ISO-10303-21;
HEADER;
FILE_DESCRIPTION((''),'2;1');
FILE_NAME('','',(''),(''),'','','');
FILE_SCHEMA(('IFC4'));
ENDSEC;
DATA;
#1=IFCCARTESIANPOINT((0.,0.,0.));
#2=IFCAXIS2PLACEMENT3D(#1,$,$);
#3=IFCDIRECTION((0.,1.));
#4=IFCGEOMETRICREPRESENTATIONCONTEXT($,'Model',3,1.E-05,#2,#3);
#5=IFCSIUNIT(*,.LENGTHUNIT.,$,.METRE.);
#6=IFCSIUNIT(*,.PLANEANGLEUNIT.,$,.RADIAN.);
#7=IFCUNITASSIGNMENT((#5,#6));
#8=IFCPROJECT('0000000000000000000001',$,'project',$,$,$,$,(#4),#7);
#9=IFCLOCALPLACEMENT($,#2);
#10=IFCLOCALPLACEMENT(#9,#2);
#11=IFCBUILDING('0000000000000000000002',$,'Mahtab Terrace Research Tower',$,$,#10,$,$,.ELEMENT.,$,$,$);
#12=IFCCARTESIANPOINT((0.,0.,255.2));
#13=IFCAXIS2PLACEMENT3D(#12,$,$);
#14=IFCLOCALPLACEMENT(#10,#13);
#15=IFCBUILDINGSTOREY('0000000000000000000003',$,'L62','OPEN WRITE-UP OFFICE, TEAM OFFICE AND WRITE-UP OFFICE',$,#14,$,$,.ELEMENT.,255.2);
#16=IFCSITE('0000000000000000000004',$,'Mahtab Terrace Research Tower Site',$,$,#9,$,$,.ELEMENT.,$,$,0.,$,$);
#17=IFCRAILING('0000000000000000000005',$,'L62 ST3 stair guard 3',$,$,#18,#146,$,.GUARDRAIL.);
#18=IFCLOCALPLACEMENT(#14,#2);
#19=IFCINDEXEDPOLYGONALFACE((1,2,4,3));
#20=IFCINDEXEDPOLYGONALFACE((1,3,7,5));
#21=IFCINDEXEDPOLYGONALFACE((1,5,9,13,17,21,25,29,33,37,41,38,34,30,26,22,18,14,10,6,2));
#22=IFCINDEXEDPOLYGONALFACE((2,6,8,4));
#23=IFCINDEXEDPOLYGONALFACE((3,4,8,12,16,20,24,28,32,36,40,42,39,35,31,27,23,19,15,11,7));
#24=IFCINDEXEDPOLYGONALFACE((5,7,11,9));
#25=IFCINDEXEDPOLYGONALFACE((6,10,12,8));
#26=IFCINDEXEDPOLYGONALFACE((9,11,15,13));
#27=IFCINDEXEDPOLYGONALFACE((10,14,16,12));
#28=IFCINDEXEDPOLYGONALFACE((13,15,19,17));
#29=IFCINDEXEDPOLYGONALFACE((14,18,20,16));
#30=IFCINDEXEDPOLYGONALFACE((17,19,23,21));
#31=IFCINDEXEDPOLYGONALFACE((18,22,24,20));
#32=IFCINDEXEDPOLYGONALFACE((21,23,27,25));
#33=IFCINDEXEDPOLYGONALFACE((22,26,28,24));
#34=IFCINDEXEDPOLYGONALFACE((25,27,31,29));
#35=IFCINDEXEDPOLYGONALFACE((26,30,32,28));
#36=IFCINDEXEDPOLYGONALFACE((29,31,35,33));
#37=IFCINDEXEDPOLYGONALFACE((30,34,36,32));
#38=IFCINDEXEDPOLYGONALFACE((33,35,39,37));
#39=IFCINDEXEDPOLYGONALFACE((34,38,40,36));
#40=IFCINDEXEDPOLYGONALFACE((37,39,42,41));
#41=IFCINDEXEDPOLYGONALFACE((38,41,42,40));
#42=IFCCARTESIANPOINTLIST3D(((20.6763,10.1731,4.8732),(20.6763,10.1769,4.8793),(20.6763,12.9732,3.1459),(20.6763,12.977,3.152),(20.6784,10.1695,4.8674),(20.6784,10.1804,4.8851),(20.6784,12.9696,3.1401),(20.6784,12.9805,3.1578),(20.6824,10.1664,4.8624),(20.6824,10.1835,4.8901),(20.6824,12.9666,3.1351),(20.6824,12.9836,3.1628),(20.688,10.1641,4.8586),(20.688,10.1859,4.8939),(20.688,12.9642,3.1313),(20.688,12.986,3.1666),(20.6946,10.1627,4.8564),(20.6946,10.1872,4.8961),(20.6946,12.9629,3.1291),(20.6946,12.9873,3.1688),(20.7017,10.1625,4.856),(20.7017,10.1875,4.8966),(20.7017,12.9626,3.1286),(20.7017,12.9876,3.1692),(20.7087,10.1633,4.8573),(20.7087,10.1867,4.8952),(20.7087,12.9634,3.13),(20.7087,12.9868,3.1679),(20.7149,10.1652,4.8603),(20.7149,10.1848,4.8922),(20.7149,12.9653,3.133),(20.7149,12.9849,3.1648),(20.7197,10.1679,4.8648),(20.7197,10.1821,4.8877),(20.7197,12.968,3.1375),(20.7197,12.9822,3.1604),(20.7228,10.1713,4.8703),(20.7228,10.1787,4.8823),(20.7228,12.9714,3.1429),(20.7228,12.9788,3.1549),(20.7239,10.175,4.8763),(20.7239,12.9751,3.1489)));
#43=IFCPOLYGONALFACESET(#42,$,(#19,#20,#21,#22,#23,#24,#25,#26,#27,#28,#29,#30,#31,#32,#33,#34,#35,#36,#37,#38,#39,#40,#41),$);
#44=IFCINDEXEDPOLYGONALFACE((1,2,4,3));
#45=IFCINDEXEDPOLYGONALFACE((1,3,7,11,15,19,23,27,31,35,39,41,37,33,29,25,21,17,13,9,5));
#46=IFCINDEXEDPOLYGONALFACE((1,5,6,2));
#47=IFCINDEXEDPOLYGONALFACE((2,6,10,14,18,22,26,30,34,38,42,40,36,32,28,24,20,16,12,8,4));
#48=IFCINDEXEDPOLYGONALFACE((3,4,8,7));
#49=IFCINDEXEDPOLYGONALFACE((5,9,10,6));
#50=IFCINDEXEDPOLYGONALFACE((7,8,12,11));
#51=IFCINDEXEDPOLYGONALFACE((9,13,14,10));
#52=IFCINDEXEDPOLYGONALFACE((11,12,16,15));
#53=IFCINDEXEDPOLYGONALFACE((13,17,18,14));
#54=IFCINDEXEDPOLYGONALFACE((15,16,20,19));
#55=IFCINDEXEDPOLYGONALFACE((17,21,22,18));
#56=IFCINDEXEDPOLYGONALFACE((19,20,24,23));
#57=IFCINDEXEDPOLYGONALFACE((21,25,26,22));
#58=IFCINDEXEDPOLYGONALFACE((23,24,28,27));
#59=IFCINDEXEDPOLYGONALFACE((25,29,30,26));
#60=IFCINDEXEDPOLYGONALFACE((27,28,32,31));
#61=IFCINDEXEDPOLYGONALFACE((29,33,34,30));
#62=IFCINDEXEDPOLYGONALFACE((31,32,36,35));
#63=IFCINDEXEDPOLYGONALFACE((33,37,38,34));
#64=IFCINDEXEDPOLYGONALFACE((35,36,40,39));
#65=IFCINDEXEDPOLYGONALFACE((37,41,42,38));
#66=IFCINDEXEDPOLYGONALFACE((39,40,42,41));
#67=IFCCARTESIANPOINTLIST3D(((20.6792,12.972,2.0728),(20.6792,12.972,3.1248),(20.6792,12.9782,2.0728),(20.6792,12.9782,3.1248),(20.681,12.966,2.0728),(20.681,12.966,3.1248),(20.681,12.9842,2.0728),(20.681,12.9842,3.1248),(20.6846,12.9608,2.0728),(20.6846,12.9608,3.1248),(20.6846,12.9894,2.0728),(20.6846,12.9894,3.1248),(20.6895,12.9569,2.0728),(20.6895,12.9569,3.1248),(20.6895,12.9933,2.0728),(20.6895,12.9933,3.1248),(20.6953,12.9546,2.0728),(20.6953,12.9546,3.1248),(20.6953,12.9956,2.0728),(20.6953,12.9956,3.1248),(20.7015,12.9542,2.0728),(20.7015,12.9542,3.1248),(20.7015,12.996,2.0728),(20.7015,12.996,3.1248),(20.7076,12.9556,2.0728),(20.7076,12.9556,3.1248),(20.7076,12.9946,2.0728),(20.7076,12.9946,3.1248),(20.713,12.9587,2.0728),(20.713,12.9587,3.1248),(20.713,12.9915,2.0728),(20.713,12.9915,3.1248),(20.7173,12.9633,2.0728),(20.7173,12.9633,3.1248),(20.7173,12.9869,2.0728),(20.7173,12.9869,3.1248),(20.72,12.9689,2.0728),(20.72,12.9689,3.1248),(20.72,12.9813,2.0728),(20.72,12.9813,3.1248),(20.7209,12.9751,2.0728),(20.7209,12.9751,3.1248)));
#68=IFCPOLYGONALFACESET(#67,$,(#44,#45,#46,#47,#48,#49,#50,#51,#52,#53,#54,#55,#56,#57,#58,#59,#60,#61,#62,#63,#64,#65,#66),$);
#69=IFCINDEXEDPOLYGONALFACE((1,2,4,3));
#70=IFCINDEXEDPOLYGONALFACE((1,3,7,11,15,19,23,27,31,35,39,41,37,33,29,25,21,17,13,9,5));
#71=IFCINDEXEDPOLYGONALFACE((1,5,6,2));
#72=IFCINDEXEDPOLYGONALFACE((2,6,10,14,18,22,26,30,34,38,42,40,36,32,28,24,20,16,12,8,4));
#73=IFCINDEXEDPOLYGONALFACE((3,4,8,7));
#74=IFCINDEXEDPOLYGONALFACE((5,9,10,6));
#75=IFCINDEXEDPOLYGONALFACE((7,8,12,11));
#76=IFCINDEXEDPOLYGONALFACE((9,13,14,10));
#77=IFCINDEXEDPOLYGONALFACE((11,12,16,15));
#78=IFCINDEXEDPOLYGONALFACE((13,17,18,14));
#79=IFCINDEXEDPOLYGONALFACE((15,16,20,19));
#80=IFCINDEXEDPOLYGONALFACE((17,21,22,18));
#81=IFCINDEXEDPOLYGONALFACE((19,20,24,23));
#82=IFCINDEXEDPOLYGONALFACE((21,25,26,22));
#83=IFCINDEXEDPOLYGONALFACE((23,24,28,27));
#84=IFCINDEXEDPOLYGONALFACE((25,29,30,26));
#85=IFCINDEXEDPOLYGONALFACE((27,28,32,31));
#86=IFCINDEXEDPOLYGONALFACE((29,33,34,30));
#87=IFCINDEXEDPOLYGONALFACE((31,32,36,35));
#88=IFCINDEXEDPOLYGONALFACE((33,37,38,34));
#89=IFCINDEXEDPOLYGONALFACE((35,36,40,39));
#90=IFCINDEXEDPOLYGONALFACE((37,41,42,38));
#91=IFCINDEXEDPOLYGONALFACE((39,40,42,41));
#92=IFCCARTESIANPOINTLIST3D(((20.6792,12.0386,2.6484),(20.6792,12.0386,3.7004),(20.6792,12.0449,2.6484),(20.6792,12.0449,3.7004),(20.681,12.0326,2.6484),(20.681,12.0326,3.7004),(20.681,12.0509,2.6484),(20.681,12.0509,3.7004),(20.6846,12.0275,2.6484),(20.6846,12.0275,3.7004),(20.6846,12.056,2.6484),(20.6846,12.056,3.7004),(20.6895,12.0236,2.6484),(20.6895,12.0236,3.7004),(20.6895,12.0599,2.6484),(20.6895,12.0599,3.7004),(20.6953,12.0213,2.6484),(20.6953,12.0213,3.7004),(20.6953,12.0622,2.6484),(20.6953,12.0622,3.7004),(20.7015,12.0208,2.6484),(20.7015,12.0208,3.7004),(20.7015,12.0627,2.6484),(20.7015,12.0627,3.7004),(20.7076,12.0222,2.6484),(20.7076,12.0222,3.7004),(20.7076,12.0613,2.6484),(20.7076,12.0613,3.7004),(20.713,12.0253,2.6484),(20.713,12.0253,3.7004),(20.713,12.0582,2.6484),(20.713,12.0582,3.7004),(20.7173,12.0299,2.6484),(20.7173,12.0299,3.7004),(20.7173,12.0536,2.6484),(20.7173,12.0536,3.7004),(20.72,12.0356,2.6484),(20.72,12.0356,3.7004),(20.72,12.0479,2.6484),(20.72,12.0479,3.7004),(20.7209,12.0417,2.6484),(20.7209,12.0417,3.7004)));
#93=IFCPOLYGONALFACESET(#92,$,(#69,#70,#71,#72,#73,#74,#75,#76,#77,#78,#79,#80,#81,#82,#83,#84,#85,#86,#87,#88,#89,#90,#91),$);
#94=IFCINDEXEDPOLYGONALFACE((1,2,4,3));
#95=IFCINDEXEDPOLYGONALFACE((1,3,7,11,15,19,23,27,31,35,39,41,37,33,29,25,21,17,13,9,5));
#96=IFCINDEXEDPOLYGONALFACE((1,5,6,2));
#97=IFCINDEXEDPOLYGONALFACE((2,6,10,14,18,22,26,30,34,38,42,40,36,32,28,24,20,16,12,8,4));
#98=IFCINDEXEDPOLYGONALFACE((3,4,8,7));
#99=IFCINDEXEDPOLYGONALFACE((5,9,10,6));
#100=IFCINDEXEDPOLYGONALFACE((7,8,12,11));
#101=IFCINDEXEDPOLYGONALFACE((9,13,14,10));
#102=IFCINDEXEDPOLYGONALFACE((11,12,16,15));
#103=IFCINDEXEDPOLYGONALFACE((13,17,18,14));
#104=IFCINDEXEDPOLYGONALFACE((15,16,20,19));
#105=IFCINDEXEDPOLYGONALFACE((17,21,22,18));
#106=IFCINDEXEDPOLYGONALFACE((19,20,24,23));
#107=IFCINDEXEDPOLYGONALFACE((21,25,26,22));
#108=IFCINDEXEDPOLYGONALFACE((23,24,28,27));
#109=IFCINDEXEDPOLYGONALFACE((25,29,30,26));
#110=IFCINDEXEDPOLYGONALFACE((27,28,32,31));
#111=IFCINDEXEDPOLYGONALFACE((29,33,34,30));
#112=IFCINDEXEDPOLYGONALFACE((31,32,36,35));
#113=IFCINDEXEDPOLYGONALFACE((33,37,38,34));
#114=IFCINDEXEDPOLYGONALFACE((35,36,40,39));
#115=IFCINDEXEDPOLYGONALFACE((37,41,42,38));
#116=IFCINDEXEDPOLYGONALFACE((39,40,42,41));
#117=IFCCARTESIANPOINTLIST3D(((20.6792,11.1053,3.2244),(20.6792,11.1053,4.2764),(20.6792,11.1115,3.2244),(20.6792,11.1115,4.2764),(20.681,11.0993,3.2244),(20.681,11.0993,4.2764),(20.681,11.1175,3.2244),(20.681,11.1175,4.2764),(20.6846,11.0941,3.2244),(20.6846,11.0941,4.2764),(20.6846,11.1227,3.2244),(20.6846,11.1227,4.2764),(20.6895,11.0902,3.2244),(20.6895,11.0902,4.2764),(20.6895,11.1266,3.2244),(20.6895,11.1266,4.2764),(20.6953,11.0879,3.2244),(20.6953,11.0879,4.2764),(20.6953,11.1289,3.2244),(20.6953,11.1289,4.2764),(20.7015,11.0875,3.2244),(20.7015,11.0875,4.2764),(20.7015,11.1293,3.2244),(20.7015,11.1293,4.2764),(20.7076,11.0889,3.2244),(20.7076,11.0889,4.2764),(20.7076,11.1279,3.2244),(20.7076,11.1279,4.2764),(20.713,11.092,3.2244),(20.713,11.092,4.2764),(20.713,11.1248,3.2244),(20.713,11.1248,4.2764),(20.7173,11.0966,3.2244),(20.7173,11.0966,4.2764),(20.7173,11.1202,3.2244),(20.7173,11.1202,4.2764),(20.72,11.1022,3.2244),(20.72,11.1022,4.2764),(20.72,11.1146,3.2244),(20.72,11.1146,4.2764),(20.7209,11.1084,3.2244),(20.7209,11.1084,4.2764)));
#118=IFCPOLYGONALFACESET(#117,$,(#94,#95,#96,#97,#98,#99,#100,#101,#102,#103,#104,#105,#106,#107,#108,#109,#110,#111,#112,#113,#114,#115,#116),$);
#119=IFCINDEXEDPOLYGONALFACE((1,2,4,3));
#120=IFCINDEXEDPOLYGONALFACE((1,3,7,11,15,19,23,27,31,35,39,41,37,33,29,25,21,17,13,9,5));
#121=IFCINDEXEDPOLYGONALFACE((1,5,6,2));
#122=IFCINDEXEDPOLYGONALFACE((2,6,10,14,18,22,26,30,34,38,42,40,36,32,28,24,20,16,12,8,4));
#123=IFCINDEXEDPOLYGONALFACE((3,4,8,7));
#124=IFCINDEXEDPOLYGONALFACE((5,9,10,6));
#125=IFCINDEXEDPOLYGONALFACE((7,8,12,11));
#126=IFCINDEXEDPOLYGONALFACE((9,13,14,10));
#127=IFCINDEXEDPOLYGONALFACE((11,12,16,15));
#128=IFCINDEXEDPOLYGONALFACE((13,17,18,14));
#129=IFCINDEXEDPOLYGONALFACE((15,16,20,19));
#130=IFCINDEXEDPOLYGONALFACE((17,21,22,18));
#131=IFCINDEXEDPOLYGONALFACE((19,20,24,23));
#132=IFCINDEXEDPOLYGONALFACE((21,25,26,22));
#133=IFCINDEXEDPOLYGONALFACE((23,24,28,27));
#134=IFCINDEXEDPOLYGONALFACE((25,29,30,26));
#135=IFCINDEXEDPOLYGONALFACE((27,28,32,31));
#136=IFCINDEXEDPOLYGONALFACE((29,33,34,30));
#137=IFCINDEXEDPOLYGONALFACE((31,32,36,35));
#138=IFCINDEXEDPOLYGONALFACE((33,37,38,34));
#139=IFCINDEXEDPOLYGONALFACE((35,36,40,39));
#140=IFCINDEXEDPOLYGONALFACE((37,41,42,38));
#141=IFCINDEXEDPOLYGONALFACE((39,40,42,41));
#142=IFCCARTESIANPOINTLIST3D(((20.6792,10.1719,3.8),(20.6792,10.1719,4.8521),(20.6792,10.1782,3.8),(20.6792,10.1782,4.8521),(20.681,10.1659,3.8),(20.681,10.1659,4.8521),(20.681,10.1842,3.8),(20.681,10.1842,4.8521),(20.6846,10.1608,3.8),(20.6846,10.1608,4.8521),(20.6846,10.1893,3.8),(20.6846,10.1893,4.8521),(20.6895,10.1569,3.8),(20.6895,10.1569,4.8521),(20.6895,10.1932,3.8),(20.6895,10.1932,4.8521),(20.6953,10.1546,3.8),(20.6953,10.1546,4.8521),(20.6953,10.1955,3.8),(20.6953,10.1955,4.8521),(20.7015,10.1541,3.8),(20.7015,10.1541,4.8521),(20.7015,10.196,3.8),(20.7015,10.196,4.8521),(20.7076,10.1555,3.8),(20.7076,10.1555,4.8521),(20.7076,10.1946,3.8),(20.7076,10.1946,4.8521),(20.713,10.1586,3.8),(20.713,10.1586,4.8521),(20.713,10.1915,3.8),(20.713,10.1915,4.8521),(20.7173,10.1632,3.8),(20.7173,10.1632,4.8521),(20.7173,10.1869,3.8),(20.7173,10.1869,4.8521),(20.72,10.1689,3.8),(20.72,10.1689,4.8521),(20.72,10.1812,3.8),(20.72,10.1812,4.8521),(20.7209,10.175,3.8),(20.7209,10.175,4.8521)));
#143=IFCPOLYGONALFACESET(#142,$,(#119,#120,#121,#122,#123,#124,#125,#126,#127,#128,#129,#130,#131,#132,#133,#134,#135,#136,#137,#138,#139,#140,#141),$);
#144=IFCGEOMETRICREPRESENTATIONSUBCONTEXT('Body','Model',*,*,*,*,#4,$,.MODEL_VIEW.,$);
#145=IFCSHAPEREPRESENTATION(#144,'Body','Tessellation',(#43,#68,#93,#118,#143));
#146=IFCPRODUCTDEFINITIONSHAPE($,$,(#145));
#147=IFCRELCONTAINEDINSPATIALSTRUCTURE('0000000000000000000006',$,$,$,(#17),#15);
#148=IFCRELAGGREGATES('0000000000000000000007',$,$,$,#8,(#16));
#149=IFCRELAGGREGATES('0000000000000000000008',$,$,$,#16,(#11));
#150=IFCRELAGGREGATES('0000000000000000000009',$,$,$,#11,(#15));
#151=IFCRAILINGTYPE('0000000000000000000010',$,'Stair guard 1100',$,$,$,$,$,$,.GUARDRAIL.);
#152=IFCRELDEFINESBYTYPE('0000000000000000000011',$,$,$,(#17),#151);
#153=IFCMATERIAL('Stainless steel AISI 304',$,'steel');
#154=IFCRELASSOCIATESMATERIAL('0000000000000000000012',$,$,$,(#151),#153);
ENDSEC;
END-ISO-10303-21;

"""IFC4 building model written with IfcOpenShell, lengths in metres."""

from ifc_helpers import new_model, si_unit, direction, frame, origin, origin_2d, place, context, subcontext, project, spatial, circle, extrude, material, type_object, element, save


model = new_model("IFC4")

# Units and contexts
model_context = context("Model", 3, precision=1e-05, world=origin(), true_north=direction((0.0, 1.0)))
body_context = subcontext(model_context, "Body", "Model", "MODEL_VIEW")
ifc_project = project(units=[si_unit("LENGTHUNIT", "METRE"), si_unit("PLANEANGLEUNIT", "RADIAN")], contexts=[model_context])

# Site, building, storey
site_placement = place(None, origin())
site = spatial("IfcSite", under=ifc_project, at=site_placement, Name="Mahtab Terrace Research Tower Site", CompositionType="ELEMENT", RefElevation=0.0)
building_placement = place(site_placement, origin())
building = spatial("IfcBuilding", under=site, at=building_placement, Name="Mahtab Terrace Research Tower", CompositionType="ELEMENT")
storey_placement = place(building_placement, frame((0.0, 0.0, 255.2)))
storey = spatial("IfcBuildingStorey", under=building, at=storey_placement, Name="L62", Description="OPEN WRITE-UP OFFICE, TEAM OFFICE AND WRITE-UP OFFICE", CompositionType="ELEMENT", Elevation=255.2)

# Railing
ifc_material_1 = material(Name="Stainless steel AISI 304", Category="steel")
railing_type_1 = type_object("IfcRailingType", Name="Stair guard 1100", PredefinedType="GUARDRAIL", material=ifc_material_1)
railing_1_placement = place(storey_placement, frame((20.7, 12.9751, 2.0728)))
element("IfcRailing", 1, at=railing_1_placement, inside=storey, type_object=railing_type_1, Name="L62 ST3 stair guard 3", PredefinedType="GUARDRAIL", context=body_context, shape_type="SweptSolid", body=[
    extrude(circle(Radius=0.0239, at=origin_2d()), frame((0.0, 0.0, 1.0762), z_axis=(0.0, -0.85109, 0.52502), x_axis=(1.0, 0.0, 0.0)), (0.0, 0.0, 1.0), 3.29),
    extrude(circle(Radius=0.021, at=origin_2d()), origin(), (0.0, 0.0, 1.0), 1.052),
    extrude(circle(Radius=0.021, at=origin_2d()), frame((0.0, -0.9333, 0.5757)), (0.0, 0.0, 1.0), 1.052),
    extrude(circle(Radius=0.021, at=origin_2d()), frame((0.0, -1.8667, 1.1516)), (0.0, 0.0, 1.0), 1.052),
    extrude(circle(Radius=0.021, at=origin_2d()), frame((0.0, -2.8, 1.7273)), (0.0, 0.0, 1.0), 1.052),
])

save(model, "model.ifc")
